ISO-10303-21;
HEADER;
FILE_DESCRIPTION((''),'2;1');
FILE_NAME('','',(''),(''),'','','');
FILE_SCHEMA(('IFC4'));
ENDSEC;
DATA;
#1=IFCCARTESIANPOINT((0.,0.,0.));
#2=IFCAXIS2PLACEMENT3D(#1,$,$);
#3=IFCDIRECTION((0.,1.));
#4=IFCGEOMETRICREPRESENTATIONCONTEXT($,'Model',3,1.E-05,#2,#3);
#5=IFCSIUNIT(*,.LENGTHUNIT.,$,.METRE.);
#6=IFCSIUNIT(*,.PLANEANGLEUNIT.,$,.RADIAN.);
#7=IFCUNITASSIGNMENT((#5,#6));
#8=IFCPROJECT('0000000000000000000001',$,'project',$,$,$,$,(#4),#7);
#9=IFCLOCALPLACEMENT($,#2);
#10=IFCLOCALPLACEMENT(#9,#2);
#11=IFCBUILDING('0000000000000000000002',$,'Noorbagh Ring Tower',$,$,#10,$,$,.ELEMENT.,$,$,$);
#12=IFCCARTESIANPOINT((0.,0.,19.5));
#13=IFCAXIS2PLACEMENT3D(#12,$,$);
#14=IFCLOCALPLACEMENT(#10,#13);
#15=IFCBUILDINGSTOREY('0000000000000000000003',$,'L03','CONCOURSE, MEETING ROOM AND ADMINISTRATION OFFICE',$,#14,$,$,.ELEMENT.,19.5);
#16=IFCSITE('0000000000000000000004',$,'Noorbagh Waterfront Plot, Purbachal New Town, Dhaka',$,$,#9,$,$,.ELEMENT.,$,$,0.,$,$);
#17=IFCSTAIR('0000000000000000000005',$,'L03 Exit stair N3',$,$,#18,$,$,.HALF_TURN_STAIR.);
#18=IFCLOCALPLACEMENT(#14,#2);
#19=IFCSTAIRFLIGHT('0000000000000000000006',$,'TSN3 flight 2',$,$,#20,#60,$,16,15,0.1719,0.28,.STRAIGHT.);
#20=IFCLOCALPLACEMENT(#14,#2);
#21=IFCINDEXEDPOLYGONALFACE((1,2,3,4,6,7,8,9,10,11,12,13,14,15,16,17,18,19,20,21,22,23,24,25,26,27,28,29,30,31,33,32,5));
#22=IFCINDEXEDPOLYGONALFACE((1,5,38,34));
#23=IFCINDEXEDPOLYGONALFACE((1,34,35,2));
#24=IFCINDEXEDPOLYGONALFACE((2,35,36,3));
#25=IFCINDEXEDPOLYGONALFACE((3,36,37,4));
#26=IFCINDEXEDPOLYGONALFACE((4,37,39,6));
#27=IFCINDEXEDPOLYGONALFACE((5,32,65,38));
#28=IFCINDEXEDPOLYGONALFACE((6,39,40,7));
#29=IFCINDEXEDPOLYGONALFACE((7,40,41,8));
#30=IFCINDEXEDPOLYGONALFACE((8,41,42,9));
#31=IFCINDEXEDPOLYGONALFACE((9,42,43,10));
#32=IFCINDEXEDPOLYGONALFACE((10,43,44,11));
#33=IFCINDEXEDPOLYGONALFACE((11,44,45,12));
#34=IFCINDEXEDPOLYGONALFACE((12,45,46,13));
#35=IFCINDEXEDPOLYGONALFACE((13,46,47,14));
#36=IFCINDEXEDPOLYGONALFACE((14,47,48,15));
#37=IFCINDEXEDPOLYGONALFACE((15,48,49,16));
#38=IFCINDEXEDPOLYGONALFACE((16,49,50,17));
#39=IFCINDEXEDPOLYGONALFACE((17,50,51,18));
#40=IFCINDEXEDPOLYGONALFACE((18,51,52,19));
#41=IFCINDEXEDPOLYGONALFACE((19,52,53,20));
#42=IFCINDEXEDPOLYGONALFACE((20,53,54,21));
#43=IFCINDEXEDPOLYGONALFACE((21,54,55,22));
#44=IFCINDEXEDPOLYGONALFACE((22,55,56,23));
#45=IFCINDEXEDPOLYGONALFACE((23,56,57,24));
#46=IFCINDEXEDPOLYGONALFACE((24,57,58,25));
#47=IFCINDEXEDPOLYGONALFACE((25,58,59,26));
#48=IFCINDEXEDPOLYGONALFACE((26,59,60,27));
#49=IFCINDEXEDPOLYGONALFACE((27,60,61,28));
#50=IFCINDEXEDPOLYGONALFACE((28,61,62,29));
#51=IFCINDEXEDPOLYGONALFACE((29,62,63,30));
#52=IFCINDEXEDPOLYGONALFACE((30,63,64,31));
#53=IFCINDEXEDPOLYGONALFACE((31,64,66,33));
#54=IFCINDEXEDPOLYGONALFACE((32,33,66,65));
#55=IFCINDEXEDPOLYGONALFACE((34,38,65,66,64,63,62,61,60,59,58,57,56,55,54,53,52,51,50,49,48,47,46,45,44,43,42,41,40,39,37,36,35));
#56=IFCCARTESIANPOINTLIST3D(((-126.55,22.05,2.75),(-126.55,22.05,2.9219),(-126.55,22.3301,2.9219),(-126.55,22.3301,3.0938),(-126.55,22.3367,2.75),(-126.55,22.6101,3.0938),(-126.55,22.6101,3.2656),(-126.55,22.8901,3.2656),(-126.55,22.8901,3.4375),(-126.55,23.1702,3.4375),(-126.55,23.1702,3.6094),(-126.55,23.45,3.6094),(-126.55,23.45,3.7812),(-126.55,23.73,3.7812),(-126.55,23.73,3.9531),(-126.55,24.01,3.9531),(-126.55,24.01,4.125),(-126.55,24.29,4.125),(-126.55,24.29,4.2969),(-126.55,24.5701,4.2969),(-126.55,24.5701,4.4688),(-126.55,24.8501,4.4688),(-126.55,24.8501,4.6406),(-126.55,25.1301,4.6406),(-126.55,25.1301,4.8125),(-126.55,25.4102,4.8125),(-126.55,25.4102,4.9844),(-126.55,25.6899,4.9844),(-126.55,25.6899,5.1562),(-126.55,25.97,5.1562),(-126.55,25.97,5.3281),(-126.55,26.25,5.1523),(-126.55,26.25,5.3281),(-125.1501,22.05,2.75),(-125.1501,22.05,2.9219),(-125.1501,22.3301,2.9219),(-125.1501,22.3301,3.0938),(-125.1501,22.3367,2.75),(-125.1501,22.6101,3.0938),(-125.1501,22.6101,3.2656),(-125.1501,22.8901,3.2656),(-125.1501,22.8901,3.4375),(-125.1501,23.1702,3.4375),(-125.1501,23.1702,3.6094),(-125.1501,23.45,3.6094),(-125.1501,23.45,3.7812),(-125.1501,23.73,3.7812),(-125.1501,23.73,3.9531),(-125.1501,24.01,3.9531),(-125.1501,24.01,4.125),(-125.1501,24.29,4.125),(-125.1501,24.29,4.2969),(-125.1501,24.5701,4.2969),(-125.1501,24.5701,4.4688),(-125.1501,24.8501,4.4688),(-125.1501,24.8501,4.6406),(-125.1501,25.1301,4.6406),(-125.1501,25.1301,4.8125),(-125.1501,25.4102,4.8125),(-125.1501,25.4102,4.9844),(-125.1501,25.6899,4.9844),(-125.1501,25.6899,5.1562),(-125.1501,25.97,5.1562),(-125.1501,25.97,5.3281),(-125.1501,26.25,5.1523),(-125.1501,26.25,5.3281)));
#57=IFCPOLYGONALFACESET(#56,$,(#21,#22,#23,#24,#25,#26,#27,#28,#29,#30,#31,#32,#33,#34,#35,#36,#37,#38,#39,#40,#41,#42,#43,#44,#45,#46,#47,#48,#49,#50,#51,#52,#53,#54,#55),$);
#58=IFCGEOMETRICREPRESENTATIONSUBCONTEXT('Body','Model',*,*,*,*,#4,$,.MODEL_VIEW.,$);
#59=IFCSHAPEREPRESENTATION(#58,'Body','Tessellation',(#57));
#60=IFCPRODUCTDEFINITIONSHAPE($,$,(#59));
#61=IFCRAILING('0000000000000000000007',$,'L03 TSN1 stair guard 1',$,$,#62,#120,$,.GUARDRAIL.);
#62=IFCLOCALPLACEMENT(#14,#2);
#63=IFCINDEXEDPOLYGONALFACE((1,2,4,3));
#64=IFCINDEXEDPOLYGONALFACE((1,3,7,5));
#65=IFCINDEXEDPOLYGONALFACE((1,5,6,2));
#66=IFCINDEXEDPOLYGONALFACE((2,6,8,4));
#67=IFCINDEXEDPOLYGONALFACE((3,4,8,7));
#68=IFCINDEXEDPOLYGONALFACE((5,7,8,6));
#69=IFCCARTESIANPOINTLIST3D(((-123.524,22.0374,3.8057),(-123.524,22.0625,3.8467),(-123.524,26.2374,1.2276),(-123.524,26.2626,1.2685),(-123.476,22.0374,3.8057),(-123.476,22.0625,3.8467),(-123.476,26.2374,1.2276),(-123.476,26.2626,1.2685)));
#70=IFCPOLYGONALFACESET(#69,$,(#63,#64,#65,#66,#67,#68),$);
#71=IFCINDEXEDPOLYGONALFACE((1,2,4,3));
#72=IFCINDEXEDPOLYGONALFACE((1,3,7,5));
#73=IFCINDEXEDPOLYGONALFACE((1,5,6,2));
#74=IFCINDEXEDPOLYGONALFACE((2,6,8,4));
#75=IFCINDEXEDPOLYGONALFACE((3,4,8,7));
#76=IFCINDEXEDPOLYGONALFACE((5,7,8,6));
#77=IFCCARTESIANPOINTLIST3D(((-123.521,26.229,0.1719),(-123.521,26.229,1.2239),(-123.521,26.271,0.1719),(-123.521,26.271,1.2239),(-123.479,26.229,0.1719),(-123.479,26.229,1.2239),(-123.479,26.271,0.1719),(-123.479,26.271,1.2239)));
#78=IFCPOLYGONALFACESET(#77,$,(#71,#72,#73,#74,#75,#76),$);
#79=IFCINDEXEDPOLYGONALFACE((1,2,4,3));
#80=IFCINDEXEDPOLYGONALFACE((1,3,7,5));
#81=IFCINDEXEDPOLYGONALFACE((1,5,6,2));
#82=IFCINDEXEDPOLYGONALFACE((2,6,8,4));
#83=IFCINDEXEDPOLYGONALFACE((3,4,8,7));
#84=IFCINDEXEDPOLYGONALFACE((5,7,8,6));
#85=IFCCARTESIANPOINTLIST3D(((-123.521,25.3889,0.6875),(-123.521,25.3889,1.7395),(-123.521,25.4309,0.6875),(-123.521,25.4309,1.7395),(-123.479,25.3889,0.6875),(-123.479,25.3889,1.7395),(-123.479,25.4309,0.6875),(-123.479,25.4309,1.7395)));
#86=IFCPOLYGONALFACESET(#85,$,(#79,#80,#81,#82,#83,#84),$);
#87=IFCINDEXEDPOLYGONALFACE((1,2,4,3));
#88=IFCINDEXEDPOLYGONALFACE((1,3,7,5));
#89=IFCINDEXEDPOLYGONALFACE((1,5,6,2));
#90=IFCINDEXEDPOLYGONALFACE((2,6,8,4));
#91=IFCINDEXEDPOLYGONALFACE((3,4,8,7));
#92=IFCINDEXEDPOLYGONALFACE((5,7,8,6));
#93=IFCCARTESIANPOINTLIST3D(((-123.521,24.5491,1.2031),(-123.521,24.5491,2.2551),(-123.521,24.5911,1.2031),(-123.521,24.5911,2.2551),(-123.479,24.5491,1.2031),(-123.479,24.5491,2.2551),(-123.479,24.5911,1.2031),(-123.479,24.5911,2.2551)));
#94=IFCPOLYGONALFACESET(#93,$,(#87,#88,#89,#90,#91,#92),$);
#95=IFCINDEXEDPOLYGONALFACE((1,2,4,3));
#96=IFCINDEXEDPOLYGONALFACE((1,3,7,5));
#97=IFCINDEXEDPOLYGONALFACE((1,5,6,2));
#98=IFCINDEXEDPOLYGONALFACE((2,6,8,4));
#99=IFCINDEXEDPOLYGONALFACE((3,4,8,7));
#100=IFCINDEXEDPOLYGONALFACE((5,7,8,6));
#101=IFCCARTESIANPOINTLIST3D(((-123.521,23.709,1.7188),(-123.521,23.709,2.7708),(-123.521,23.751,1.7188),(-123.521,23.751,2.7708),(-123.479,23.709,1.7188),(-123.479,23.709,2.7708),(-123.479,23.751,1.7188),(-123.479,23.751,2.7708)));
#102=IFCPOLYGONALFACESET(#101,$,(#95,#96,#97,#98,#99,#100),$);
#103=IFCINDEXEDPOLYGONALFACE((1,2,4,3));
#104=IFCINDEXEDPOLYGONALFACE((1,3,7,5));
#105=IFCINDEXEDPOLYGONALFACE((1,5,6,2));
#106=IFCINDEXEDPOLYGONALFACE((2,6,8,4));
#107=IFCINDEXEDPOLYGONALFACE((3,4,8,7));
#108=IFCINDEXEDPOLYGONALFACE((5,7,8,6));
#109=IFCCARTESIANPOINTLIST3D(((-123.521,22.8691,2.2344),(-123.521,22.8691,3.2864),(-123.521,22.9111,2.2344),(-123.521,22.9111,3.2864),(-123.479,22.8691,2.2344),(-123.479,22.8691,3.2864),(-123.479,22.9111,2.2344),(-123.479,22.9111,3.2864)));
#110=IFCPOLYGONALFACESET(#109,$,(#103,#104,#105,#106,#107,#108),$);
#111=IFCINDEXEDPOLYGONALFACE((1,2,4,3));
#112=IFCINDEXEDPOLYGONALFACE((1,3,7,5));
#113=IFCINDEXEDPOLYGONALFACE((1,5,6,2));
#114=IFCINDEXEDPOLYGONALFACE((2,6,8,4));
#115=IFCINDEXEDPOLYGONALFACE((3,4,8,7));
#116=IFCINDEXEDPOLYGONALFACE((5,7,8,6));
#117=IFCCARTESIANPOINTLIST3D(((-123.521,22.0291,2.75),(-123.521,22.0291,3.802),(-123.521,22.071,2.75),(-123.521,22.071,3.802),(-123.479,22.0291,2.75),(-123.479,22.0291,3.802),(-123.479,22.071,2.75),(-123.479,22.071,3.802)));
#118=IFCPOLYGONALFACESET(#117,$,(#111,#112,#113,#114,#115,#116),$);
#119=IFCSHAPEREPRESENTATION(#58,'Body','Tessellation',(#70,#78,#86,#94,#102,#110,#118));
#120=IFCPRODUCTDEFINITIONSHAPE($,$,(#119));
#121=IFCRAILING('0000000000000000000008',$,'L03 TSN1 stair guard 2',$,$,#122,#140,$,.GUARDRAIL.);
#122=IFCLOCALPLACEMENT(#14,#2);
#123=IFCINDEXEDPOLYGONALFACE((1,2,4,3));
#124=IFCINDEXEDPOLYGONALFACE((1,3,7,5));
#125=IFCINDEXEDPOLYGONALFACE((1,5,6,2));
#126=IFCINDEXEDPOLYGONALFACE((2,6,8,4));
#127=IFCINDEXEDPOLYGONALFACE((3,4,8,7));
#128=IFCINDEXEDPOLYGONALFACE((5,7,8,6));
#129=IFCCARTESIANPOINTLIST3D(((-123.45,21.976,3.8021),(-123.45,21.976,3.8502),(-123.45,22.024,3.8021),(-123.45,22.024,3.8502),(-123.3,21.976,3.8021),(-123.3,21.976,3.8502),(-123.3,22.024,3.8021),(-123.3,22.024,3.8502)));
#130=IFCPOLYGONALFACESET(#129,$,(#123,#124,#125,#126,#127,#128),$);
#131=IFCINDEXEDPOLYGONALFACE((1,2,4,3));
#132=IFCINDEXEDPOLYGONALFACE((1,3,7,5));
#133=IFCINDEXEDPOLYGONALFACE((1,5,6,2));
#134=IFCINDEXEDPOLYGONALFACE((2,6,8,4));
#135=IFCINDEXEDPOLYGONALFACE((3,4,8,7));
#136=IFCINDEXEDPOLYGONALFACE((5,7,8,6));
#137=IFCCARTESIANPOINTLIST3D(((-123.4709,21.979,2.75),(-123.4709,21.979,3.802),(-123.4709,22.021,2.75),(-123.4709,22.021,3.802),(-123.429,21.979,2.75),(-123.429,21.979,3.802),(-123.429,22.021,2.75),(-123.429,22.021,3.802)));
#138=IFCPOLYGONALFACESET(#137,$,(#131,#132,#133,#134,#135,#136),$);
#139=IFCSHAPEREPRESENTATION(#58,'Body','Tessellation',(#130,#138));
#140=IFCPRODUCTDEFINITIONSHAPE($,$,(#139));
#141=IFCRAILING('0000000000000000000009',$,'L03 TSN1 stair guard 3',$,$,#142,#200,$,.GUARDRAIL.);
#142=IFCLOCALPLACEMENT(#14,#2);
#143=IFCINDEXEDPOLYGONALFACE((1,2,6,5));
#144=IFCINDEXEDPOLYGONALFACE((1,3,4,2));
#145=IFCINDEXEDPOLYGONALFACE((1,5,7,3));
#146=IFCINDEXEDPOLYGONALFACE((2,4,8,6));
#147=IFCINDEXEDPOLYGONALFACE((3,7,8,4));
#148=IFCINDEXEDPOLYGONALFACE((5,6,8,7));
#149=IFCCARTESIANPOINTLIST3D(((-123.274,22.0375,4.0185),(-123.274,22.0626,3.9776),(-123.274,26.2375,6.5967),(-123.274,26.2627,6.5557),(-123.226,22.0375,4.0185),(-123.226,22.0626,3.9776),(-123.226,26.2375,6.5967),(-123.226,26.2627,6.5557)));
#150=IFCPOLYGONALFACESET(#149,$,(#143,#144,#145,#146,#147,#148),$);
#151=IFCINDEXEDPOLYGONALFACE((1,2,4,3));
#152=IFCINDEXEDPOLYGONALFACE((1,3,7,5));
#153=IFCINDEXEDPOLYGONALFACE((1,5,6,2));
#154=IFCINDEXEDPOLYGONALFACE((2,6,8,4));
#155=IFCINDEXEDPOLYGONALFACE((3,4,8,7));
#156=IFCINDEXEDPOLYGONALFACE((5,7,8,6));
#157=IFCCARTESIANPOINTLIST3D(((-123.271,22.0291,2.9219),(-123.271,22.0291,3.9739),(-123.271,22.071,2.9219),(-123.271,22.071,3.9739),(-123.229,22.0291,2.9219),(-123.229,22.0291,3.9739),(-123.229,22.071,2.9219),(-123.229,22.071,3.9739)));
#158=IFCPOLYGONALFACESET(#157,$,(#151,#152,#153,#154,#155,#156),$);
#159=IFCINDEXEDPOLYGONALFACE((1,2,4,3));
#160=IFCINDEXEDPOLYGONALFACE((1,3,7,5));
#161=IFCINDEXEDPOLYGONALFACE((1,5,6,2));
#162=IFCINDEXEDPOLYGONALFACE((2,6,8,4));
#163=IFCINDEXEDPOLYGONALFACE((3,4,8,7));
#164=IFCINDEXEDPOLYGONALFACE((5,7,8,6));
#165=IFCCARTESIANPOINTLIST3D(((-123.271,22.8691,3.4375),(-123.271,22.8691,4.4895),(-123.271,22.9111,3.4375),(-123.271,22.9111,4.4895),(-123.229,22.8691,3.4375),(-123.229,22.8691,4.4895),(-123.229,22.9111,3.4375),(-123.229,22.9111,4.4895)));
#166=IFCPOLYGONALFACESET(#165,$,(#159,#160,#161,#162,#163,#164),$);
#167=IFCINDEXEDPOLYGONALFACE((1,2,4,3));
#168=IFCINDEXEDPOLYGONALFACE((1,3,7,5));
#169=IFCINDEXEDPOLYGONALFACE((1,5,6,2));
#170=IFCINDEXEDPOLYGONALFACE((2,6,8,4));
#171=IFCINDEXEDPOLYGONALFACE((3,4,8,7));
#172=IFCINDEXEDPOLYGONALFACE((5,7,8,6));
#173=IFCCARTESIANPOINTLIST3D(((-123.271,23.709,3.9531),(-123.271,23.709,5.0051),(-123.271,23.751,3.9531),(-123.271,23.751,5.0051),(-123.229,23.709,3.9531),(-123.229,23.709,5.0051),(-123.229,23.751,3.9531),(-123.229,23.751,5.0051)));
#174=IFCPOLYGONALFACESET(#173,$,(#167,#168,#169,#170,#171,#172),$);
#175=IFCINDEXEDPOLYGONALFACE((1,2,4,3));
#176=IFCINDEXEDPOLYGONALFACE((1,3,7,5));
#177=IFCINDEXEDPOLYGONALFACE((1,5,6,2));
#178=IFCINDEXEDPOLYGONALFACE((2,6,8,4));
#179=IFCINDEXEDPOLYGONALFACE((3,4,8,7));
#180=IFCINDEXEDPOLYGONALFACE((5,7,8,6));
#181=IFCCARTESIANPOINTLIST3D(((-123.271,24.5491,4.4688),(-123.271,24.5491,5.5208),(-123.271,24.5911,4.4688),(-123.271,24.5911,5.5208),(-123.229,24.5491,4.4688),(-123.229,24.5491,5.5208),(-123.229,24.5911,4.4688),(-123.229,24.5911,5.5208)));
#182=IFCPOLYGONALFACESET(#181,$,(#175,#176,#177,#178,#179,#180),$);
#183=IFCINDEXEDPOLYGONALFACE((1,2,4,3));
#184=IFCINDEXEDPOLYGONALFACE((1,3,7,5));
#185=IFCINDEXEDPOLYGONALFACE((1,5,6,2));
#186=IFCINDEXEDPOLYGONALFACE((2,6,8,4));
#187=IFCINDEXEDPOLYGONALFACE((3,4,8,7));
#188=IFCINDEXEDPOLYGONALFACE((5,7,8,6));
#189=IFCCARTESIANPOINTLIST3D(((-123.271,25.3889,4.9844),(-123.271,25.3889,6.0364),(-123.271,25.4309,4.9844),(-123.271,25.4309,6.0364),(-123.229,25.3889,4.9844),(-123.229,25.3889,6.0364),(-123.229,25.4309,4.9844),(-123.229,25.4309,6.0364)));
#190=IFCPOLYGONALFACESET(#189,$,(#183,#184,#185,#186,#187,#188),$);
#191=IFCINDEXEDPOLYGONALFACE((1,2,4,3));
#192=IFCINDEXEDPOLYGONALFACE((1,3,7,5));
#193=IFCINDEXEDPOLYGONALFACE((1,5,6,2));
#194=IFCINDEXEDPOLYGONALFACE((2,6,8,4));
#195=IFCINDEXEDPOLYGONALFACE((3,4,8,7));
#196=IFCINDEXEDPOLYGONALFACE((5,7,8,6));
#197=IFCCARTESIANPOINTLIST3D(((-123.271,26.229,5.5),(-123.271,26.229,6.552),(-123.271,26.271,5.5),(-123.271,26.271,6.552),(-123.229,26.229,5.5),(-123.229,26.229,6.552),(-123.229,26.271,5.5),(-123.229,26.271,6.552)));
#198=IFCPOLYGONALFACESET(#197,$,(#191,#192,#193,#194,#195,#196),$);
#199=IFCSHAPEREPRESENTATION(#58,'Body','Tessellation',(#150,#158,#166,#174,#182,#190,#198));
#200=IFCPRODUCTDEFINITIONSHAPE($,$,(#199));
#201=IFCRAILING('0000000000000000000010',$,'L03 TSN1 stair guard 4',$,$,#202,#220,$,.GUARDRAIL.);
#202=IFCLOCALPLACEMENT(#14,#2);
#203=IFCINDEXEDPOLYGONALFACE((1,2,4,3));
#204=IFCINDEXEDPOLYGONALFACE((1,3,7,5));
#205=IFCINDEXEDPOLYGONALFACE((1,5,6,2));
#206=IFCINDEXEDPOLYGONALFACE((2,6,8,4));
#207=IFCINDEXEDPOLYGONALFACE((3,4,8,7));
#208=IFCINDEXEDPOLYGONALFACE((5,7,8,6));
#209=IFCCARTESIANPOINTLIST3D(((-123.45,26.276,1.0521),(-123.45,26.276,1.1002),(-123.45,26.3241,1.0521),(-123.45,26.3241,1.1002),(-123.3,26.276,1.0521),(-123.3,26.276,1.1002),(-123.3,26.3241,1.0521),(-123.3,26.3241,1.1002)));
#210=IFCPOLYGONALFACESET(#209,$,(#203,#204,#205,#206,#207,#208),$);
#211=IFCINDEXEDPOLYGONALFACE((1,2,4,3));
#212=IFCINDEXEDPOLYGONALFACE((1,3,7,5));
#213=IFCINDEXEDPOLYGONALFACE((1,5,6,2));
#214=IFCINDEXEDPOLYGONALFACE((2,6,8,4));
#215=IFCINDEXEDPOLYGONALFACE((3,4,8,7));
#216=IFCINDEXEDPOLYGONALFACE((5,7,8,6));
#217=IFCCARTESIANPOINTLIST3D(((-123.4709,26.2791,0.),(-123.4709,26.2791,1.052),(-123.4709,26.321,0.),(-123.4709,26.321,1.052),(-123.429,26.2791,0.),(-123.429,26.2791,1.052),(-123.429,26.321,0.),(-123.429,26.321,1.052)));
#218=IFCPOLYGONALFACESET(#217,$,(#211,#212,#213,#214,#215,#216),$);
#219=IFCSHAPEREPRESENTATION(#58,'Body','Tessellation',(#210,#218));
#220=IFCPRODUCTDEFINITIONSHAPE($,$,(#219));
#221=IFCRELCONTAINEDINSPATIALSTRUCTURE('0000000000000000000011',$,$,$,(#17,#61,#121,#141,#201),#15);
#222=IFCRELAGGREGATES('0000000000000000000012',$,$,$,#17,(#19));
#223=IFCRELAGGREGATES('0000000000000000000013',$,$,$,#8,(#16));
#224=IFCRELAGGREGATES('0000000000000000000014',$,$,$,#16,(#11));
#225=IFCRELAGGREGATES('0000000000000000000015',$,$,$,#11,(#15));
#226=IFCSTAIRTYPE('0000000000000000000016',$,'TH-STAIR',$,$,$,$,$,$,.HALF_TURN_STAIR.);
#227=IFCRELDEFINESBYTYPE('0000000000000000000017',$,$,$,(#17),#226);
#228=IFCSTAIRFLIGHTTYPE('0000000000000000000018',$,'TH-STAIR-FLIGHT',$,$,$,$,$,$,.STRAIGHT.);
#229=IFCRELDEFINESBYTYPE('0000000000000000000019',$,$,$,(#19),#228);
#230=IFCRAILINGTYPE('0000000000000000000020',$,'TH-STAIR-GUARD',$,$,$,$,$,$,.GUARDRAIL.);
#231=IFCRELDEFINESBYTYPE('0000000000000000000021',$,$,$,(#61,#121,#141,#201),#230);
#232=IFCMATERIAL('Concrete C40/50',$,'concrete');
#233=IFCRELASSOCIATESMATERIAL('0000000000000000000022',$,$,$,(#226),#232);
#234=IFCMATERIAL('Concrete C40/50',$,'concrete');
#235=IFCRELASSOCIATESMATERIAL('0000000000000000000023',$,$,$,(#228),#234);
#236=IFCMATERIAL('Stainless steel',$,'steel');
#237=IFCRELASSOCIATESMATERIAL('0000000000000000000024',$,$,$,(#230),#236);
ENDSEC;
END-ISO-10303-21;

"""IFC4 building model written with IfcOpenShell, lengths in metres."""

from ifc_helpers import new_model, si_unit, direction, frame, origin, origin_2d, place, context, subcontext, project, spatial, polyline, rectangle, outline, extrude, material, type_object, element, aggregate, save


model = new_model("IFC4")

# Units and contexts
model_context = context("Model", 3, precision=1e-05, world=origin(), true_north=direction((0.0, 1.0)))
body_context = subcontext(model_context, "Body", "Model", "MODEL_VIEW")
ifc_project = project(units=[si_unit("LENGTHUNIT", "METRE"), si_unit("PLANEANGLEUNIT", "RADIAN")], contexts=[model_context])

# Site, building, storey
site_placement = place(None, origin())
site = spatial("IfcSite", under=ifc_project, at=site_placement, Name="Noorbagh Waterfront Plot, Purbachal New Town, Dhaka", CompositionType="ELEMENT", RefElevation=0.0)
building_placement = place(site_placement, origin())
building = spatial("IfcBuilding", under=site, at=building_placement, Name="Noorbagh Ring Tower", CompositionType="ELEMENT")
storey_placement = place(building_placement, frame((0.0, 0.0, 19.5)))
storey = spatial("IfcBuildingStorey", under=building, at=storey_placement, Name="L03", Description="CONCOURSE, MEETING ROOM AND ADMINISTRATION OFFICE", CompositionType="ELEMENT", Elevation=19.5)

# Stair, stair flight
ifc_material_1 = material(Name="Concrete C40/50", Category="concrete")
stair_type = type_object("IfcStairType", Name="TH-STAIR", PredefinedType="HALF_TURN_STAIR", material=ifc_material_1)
ifc_material_2 = material(Name="Concrete C40/50", Category="concrete")
stair_flight_type = type_object("IfcStairFlightType", Name="TH-STAIR-FLIGHT", PredefinedType="STRAIGHT", material=ifc_material_2)
stair_1_placement = place(storey_placement, origin())
stair_1 = element("IfcStair", 1, at=stair_1_placement, inside=storey, type_object=stair_type, Name="L03 Exit stair N3", PredefinedType="HALF_TURN_STAIR")
stair_flight_1_placement = place(storey_placement, frame((-125.8501, 22.05, 2.75), z_axis=(0.0, 0.0, 1.0), x_axis=(0.0, 1.0, 0.0)))
stair_flight_1 = element("IfcStairFlight", 2, at=stair_flight_1_placement, type_object=stair_flight_type, Name="TSN3 flight 2", NumberOfRisers=16, NumberOfTreads=15, PredefinedType="STRAIGHT", RiserHeight=0.1719, TreadLength=0.28, context=body_context, shape_type="SweptSolid", body=[
    extrude(outline(polyline([(0.0, 0.0), (0.0, 0.1719), (0.28, 0.1719), (0.28, 0.3438), (0.5601, 0.3438), (0.5601, 0.5156), (0.8401, 0.5156), (0.8401, 0.6875), (1.1201, 0.6875), (1.1201, 0.8594), (1.3999, 0.8594), (1.3999, 1.0312), (1.6799, 1.0312), (1.6799, 1.2031), (1.96, 1.2031), (1.96, 1.375), (2.24, 1.375), (2.24, 1.5469), (2.52, 1.5469), (2.52, 1.7188), (2.8, 1.7188), (2.8, 1.8906), (3.0801, 1.8906), (3.0801, 2.0625), (3.3601, 2.0625), (3.3601, 2.2344), (3.6399, 2.2344), (3.6399, 2.4062), (3.9199, 2.4062), (3.9199, 2.5781), (4.2, 2.5781), (4.2, 2.75), (4.2, 2.4023), (0.2866, 0.0), (0.0, 0.0)])), frame((0.0, 0.7, 0.0), z_axis=(0.0, -1.0, 0.0), x_axis=(1.0, 0.0, 0.0)), (0.0, 0.0, 1.0), 1.3999),
])
aggregate(stair_1, [stair_flight_1])

# Railings
ifc_material_3 = material(Name="Stainless steel", Category="steel")
railing_type_1 = type_object("IfcRailingType", Name="TH-STAIR-GUARD", PredefinedType="GUARDRAIL", material=ifc_material_3)
railing_1_placement = place(storey_placement, frame((-123.5, 26.25, 0.1719)))
element("IfcRailing", 3, at=railing_1_placement, inside=storey, type_object=railing_type_1, Name="L03 TSN1 stair guard 1", PredefinedType="GUARDRAIL", context=body_context, shape_type="SweptSolid", body=[
    extrude(rectangle(XDim=0.0481, YDim=0.0481, at=origin_2d()), frame((0.0, 0.0, 1.0762), z_axis=(0.0, -0.852243, 0.523146), x_axis=(1.0, 0.0, 0.0)), (0.0, 0.0, 1.0), 4.9282),
    extrude(rectangle(XDim=0.042, YDim=0.042, at=origin_2d()), origin(), (0.0, 0.0, 1.0), 1.052),
    extrude(rectangle(XDim=0.042, YDim=0.042, at=origin_2d()), frame((0.0, -0.8401, 0.5156)), (0.0, 0.0, 1.0), 1.052),
    extrude(rectangle(XDim=0.042, YDim=0.042, at=origin_2d()), frame((0.0, -1.6799, 1.0312)), (0.0, 0.0, 1.0), 1.052),
    extrude(rectangle(XDim=0.042, YDim=0.042, at=origin_2d()), frame((0.0, -2.52, 1.5469)), (0.0, 0.0, 1.0), 1.052),
    extrude(rectangle(XDim=0.042, YDim=0.042, at=origin_2d()), frame((0.0, -3.3599, 2.0625)), (0.0, 0.0, 1.0), 1.052),
    extrude(rectangle(XDim=0.042, YDim=0.042, at=origin_2d()), frame((0.0, -4.2, 2.5781)), (0.0, 0.0, 1.0), 1.052),
])
railing_2_placement = place(storey_placement, frame((-123.45, 22.0, 2.75)))
element("IfcRailing", 4, at=railing_2_placement, inside=storey, type_object=railing_type_1, Name="L03 TSN1 stair guard 2", PredefinedType="GUARDRAIL", context=body_context, shape_type="SweptSolid", body=[
    extrude(rectangle(XDim=0.0481, YDim=0.0481, at=origin_2d()), frame((0.0, 0.0, 1.0762), z_axis=(1.0, 0.0, 0.0), x_axis=(0.0, 1.0, 0.0)), (0.0, 0.0, 1.0), 0.1499),
    extrude(rectangle(XDim=0.042, YDim=0.042, at=origin_2d()), origin(), (0.0, 0.0, 1.0), 1.052),
])
railing_3_placement = place(storey_placement, frame((-123.25, 22.05, 2.9219)))
element("IfcRailing", 5, at=railing_3_placement, inside=storey, type_object=railing_type_1, Name="L03 TSN1 stair guard 3", PredefinedType="GUARDRAIL", context=body_context, shape_type="SweptSolid", body=[
    extrude(rectangle(XDim=0.0481, YDim=0.0481, at=origin_2d()), frame((0.0, 0.0, 1.0762), z_axis=(0.0, 0.852243, 0.523146), x_axis=(-1.0, 0.0, 0.0)), (0.0, 0.0, 1.0), 4.9282),
    extrude(rectangle(XDim=0.042, YDim=0.042, at=origin_2d()), origin(), (0.0, 0.0, 1.0), 1.052),
    extrude(rectangle(XDim=0.042, YDim=0.042, at=origin_2d()), frame((0.0, 0.8401, 0.5156)), (0.0, 0.0, 1.0), 1.052),
    extrude(rectangle(XDim=0.042, YDim=0.042, at=origin_2d()), frame((0.0, 1.6799, 1.0312)), (0.0, 0.0, 1.0), 1.052),
    extrude(rectangle(XDim=0.042, YDim=0.042, at=origin_2d()), frame((0.0, 2.52, 1.5469)), (0.0, 0.0, 1.0), 1.052),
    extrude(rectangle(XDim=0.042, YDim=0.042, at=origin_2d()), frame((0.0, 3.3599, 2.0625)), (0.0, 0.0, 1.0), 1.052),
    extrude(rectangle(XDim=0.042, YDim=0.042, at=origin_2d()), frame((0.0, 4.2, 2.5781)), (0.0, 0.0, 1.0), 1.052),
])
railing_4_placement = place(storey_placement, frame((-123.45, 26.3, 0.0)))
element("IfcRailing", 6, at=railing_4_placement, inside=storey, type_object=railing_type_1, Name="L03 TSN1 stair guard 4", PredefinedType="GUARDRAIL", context=body_context, shape_type="SweptSolid", body=[
    extrude(rectangle(XDim=0.0481, YDim=0.0481, at=origin_2d()), frame((0.0, 0.0, 1.0762), z_axis=(1.0, 0.0, 0.0), x_axis=(0.0, 1.0, 0.0)), (0.0, 0.0, 1.0), 0.1499),
    extrude(rectangle(XDim=0.042, YDim=0.042, at=origin_2d()), origin(), (0.0, 0.0, 1.0), 1.052),
])

save(model, "model.ifc")
